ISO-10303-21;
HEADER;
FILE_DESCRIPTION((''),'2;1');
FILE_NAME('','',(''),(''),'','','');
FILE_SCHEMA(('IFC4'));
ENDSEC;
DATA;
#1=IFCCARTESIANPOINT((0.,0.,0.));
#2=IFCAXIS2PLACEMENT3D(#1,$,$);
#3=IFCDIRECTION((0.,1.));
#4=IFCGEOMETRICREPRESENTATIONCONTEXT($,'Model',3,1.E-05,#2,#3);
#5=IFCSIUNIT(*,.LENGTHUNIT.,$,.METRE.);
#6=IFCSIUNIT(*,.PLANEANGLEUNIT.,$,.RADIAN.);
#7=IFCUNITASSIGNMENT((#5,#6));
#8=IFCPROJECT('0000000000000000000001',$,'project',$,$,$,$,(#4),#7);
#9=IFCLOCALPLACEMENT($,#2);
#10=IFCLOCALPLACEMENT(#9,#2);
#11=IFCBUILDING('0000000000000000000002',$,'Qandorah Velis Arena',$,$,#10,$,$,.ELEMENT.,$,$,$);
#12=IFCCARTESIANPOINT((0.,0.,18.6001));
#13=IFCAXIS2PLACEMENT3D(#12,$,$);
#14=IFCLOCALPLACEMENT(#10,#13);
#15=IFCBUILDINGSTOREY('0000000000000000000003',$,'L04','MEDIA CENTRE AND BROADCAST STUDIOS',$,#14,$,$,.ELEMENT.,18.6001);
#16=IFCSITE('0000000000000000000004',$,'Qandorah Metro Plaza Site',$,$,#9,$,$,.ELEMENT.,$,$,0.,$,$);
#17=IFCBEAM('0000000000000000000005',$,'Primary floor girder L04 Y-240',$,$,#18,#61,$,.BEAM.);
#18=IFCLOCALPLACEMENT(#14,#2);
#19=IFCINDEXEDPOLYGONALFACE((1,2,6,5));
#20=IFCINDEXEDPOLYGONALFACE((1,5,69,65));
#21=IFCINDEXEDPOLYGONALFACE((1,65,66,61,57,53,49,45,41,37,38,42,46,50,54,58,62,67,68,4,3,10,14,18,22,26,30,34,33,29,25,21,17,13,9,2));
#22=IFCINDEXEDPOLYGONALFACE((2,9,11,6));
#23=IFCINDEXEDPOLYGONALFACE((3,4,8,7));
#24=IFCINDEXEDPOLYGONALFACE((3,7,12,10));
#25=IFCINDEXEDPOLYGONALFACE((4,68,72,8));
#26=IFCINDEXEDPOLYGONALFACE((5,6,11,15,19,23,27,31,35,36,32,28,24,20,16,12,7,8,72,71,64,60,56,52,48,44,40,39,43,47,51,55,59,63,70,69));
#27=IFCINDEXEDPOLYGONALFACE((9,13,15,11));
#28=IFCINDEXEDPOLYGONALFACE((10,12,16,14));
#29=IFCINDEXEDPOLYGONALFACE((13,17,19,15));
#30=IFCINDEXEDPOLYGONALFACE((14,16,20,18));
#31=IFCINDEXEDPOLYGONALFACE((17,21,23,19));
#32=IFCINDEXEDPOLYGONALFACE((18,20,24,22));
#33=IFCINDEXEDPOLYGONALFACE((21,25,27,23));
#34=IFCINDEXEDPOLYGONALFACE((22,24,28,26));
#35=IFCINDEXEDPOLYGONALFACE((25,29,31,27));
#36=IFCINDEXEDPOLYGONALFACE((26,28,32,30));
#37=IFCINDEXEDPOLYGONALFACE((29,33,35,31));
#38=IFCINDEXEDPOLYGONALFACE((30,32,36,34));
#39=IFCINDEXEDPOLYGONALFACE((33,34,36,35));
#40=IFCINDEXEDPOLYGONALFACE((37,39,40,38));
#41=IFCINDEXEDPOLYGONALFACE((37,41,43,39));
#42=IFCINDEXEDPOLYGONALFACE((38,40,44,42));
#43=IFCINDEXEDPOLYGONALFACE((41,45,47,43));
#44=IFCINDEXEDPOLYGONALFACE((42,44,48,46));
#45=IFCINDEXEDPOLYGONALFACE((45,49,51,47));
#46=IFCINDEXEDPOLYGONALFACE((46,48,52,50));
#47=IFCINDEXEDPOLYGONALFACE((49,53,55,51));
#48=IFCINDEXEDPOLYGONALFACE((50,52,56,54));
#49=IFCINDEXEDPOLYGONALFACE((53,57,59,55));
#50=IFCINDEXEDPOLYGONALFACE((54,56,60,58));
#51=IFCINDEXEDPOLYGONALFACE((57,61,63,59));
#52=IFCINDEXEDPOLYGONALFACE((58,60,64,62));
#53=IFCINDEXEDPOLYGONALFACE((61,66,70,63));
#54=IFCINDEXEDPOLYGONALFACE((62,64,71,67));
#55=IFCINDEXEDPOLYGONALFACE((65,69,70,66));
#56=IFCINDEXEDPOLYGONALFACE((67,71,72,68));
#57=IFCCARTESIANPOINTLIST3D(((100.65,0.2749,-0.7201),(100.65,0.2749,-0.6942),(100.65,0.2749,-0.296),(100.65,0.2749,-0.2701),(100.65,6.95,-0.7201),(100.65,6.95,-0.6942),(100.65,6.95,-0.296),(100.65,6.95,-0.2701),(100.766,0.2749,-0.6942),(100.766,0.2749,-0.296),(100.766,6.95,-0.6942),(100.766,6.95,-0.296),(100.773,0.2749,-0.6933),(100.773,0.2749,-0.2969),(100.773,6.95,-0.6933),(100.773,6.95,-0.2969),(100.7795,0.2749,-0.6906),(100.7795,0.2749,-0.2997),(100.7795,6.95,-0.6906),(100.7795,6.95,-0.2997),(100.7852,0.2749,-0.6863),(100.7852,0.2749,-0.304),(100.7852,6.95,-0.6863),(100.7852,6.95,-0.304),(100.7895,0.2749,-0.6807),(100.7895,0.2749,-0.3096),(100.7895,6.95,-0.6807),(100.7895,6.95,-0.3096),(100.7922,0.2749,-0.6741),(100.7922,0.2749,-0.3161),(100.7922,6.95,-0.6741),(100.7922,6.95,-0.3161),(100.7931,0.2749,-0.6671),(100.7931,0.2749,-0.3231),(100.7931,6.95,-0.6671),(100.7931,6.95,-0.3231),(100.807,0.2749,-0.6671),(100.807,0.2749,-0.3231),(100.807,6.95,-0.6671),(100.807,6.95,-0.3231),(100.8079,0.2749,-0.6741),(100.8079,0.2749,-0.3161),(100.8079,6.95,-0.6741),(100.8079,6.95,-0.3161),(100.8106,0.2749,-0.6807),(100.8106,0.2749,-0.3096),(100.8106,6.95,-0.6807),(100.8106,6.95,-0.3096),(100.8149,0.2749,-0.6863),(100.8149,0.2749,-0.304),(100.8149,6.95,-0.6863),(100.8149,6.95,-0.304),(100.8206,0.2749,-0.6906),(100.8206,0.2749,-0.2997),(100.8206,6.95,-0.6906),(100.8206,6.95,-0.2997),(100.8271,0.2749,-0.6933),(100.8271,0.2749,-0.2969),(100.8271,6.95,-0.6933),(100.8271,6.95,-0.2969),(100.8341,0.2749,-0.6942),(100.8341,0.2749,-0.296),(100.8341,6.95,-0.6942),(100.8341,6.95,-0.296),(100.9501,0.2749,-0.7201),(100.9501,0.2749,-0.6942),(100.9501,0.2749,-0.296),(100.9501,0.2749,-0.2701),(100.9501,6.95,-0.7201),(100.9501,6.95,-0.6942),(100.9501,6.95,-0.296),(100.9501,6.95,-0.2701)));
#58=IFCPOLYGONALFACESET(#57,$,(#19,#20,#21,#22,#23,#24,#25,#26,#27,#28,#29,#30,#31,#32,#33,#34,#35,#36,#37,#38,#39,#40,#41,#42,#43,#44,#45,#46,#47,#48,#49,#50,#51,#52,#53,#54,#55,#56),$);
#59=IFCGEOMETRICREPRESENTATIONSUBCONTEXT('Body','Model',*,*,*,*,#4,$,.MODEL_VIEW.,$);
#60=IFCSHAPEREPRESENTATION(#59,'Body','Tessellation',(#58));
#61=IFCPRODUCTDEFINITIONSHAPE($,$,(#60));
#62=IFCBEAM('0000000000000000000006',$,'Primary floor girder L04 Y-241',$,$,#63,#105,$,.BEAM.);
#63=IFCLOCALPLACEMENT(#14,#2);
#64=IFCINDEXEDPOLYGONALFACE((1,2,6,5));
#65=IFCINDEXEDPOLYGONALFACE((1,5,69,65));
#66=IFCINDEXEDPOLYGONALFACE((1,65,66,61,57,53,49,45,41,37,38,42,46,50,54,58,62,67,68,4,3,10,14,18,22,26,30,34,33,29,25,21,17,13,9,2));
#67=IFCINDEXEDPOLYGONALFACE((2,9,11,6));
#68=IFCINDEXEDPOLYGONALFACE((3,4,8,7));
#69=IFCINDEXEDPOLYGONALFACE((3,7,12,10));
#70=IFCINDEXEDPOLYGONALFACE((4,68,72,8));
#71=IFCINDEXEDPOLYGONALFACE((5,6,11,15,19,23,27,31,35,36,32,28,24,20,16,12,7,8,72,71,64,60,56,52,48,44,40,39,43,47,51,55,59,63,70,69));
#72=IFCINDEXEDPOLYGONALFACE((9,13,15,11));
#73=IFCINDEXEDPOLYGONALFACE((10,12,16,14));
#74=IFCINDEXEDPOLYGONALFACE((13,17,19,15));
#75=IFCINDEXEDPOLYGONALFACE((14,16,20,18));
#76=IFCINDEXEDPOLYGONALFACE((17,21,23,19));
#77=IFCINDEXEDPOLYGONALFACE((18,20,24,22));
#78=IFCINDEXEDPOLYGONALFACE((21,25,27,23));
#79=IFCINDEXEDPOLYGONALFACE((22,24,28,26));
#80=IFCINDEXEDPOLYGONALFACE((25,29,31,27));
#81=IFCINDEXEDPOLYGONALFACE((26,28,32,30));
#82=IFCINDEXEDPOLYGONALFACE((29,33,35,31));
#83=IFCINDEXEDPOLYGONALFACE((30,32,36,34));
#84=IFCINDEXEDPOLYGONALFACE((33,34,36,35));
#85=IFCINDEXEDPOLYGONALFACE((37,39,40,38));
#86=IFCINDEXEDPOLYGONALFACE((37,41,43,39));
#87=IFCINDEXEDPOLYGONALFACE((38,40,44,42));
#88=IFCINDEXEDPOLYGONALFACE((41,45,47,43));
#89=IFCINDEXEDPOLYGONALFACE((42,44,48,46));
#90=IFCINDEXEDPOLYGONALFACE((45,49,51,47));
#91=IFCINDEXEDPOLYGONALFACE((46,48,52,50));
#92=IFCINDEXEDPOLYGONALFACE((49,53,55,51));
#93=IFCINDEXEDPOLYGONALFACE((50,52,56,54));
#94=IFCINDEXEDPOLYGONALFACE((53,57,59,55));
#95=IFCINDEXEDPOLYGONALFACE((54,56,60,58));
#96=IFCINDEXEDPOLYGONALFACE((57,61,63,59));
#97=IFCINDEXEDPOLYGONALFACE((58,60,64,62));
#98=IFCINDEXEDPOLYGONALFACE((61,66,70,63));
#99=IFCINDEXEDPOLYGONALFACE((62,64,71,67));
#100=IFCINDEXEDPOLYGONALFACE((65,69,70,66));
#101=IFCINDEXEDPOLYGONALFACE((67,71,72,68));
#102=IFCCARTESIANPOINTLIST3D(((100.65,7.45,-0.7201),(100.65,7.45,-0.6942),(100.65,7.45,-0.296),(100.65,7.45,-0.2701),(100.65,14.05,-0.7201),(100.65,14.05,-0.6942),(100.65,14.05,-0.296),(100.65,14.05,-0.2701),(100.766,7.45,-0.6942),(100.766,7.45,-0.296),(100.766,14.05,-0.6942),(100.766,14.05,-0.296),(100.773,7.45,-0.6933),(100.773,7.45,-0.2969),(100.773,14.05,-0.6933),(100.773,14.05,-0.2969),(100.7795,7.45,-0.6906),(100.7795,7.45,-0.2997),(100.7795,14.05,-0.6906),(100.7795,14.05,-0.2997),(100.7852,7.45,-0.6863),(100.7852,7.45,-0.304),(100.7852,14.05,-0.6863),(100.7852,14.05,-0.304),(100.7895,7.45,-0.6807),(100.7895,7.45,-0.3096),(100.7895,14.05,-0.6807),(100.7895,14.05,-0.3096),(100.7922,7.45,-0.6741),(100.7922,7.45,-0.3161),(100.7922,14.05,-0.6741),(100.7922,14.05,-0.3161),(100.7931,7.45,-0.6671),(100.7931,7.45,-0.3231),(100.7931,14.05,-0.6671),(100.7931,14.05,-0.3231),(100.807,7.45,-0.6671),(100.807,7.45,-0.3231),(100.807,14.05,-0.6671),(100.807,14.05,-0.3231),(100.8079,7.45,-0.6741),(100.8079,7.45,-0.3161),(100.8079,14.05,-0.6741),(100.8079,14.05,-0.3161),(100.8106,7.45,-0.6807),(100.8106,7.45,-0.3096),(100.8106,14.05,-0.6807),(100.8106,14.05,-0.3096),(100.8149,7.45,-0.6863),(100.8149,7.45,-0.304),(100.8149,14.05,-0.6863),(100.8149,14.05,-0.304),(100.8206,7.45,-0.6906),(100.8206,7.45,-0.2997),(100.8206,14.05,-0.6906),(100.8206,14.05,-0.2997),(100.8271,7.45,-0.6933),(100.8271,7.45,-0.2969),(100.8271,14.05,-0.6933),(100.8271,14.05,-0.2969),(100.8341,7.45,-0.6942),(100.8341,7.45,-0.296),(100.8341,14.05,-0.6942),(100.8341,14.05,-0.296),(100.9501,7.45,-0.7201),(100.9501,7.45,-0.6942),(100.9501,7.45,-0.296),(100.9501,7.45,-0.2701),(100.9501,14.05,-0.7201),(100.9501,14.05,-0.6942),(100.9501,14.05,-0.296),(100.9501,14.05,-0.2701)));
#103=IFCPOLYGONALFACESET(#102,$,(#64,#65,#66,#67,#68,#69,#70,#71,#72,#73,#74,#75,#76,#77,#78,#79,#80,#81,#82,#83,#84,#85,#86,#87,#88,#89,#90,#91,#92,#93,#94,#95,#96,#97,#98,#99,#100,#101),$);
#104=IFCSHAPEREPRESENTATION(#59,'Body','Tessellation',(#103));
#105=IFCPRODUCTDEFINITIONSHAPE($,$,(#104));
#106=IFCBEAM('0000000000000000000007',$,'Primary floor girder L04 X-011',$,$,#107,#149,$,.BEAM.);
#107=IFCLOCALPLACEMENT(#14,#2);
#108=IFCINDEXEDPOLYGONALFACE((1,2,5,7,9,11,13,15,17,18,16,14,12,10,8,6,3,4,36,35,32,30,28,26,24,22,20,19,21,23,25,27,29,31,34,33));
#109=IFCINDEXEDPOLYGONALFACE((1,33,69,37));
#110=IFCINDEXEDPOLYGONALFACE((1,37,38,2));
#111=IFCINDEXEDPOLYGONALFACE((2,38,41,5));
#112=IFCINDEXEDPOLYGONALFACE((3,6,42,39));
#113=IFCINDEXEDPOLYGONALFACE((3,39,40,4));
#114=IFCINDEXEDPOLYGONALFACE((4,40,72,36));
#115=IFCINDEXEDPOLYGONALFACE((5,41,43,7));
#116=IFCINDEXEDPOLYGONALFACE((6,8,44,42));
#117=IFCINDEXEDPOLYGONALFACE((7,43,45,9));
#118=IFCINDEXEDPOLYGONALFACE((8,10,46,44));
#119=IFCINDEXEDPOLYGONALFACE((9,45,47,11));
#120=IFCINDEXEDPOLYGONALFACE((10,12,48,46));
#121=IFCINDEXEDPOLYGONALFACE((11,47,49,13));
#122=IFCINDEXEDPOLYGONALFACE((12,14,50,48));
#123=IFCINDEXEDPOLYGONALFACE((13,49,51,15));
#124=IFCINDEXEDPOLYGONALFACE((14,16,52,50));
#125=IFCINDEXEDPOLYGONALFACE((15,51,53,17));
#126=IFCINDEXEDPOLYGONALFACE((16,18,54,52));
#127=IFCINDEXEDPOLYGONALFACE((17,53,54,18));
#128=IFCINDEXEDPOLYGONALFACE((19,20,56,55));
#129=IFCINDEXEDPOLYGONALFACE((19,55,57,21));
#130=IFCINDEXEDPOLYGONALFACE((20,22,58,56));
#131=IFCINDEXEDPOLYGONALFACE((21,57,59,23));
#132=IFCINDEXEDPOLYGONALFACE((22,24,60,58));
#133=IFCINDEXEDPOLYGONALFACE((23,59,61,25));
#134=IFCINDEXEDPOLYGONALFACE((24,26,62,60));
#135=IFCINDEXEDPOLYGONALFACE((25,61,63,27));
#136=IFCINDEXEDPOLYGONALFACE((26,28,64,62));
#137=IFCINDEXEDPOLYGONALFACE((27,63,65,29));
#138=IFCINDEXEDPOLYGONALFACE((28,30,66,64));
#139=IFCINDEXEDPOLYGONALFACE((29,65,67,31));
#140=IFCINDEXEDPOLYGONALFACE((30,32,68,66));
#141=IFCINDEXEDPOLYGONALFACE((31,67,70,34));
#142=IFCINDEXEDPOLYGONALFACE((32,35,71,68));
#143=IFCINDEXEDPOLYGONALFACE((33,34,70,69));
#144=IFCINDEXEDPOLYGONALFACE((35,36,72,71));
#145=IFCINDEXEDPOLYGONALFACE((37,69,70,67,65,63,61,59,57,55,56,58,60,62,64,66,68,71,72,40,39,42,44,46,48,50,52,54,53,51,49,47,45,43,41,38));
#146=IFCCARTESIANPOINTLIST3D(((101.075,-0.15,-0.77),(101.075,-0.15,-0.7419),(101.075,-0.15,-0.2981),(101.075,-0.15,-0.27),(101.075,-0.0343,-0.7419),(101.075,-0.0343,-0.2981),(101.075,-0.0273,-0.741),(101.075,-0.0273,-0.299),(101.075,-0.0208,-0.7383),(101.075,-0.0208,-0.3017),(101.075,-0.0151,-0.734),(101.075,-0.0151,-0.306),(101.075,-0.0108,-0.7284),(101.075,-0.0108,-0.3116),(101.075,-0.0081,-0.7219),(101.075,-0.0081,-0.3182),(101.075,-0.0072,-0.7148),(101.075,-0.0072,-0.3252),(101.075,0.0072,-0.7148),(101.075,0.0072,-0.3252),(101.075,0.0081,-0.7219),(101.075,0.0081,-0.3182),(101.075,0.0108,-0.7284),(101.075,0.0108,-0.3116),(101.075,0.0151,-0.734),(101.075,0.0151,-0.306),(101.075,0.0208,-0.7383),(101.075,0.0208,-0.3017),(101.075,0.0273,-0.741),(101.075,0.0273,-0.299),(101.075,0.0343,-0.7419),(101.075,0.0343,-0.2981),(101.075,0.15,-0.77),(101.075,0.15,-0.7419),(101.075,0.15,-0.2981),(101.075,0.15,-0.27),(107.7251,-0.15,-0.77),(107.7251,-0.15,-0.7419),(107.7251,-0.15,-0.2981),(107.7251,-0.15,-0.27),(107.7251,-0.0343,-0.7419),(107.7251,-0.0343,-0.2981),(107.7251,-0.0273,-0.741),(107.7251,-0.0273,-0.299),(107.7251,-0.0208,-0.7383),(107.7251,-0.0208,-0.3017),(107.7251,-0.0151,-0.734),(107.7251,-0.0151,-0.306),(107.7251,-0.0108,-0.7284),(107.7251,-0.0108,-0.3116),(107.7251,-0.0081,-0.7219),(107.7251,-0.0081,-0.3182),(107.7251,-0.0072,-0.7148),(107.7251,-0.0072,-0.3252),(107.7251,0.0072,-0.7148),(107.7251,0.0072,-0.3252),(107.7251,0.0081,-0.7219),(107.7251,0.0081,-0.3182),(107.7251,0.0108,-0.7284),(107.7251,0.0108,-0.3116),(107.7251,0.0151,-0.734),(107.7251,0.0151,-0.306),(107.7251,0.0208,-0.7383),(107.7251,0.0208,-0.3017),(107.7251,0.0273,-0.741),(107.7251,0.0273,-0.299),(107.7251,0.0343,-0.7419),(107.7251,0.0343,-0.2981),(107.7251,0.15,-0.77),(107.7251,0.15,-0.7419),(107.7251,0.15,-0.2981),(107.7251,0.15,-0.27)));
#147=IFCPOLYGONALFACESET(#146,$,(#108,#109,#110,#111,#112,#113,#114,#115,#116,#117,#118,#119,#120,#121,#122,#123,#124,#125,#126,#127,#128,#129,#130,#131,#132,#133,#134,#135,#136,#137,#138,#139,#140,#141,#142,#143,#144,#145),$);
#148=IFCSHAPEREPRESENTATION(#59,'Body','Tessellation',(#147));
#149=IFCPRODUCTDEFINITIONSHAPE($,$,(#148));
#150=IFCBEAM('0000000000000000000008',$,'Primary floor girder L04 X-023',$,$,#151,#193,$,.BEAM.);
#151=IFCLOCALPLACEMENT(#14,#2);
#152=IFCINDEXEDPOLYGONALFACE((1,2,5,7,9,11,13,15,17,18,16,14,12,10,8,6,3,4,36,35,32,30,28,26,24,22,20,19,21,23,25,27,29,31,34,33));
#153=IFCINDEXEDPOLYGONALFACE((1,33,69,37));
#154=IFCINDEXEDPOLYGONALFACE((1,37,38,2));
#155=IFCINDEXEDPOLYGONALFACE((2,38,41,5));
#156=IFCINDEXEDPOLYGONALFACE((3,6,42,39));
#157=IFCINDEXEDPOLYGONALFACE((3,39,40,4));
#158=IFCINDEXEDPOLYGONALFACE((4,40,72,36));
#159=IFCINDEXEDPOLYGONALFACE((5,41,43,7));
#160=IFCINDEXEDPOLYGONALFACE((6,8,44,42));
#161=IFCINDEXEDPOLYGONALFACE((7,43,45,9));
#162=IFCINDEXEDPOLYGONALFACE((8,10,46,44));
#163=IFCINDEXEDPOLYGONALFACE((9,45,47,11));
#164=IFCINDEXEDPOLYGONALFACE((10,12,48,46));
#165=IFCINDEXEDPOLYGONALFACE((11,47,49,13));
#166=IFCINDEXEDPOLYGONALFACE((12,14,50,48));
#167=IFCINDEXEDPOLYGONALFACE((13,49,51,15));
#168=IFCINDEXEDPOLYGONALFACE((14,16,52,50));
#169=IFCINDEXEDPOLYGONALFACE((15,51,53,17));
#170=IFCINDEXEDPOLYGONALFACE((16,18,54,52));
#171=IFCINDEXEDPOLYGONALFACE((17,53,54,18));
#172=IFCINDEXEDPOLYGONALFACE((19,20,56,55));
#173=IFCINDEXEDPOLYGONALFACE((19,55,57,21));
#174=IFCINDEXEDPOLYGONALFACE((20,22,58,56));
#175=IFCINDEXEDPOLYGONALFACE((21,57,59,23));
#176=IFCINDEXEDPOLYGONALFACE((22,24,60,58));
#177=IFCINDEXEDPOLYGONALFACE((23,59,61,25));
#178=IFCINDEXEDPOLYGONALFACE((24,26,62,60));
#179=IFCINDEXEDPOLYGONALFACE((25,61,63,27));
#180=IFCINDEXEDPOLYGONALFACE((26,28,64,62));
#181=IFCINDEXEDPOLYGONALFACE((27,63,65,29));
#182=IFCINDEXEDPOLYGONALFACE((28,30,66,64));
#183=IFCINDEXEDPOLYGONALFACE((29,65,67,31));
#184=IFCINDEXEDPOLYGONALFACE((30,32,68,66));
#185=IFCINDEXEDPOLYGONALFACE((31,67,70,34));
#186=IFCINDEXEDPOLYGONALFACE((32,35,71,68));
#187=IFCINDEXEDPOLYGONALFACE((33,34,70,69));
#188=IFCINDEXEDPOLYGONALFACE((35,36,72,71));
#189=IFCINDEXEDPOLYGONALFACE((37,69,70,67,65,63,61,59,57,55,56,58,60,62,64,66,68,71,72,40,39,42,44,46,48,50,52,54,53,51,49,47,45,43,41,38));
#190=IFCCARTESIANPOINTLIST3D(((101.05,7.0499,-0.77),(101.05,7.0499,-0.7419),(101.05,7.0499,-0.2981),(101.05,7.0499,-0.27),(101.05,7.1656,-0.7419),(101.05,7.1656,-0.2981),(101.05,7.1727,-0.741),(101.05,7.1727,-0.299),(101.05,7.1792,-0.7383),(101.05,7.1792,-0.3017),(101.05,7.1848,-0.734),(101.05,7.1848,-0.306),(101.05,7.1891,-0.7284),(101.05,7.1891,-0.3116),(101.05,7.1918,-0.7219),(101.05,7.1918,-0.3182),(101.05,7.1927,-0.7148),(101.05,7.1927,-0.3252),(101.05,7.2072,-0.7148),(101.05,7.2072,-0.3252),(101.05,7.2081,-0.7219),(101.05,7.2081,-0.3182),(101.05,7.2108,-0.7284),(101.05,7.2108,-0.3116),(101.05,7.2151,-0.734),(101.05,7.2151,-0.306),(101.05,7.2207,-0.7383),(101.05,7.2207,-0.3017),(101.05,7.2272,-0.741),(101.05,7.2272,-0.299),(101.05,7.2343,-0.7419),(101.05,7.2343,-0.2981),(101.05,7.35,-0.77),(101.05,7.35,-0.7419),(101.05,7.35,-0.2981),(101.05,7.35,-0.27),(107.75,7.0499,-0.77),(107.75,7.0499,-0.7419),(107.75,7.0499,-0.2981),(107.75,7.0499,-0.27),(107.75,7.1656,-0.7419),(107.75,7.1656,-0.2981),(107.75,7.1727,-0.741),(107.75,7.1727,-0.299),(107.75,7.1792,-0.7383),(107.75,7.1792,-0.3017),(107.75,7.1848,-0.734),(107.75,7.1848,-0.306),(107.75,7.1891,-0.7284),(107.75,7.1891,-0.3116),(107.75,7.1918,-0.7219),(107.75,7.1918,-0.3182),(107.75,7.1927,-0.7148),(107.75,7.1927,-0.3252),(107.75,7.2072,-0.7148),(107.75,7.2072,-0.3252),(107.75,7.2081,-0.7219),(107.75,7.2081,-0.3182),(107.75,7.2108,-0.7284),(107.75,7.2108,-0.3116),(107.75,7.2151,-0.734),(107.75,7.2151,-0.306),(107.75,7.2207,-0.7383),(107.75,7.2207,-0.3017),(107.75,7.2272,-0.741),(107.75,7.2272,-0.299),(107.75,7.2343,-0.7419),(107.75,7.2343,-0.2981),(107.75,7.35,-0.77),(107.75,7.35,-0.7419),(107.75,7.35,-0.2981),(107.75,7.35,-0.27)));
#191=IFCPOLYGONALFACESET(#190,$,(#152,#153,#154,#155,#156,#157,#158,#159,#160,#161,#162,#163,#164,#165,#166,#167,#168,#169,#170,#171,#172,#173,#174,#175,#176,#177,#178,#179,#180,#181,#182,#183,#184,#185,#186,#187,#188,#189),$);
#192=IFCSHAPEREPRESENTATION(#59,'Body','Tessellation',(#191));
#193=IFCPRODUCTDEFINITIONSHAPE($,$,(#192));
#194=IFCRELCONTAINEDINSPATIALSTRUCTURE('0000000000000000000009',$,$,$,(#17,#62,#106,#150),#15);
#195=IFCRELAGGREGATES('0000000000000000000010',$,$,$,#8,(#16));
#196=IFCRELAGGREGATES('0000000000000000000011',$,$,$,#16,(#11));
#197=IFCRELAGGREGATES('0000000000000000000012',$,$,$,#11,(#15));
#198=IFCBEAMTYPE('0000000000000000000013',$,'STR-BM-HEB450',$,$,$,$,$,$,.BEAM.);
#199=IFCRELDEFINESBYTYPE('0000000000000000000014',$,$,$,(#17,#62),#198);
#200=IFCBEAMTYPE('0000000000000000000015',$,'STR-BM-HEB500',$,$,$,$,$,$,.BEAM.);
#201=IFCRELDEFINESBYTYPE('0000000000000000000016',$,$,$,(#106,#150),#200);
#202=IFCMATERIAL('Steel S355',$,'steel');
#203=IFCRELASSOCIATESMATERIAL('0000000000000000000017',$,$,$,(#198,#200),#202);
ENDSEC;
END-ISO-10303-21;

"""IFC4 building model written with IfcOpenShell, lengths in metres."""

from ifc_helpers import new_model, si_unit, direction, frame, origin, origin_2d, place, context, subcontext, project, spatial, i_section, extrude, material, material_profile, profile_set, type_object, element, save


model = new_model("IFC4")

# Units and contexts
model_context = context("Model", 3, precision=1e-05, world=origin(), true_north=direction((0.0, 1.0)))
body_context = subcontext(model_context, "Body", "Model", "MODEL_VIEW")
ifc_project = project(units=[si_unit("LENGTHUNIT", "METRE"), si_unit("PLANEANGLEUNIT", "RADIAN")], contexts=[model_context])

# Site, building, storey
site_placement = place(None, origin())
site = spatial("IfcSite", under=ifc_project, at=site_placement, Name="Qandorah Metro Plaza Site", CompositionType="ELEMENT", RefElevation=0.0)
building_placement = place(site_placement, origin())
building = spatial("IfcBuilding", under=site, at=building_placement, Name="Qandorah Velis Arena", CompositionType="ELEMENT")
storey_placement = place(building_placement, frame((0.0, 0.0, 18.6001)))
storey = spatial("IfcBuildingStorey", under=building, at=storey_placement, Name="L04", Description="MEDIA CENTRE AND BROADCAST STUDIOS", CompositionType="ELEMENT", Elevation=18.6001)

# Beams
ifc_material_1 = material(Name="Steel S355", Category="steel")
ifc_material_profile_1 = material_profile(ifc_material_1, i_section(OverallWidth=0.3, OverallDepth=0.45, WebThickness=0.0139, FlangeThickness=0.0259, FilletRadius=0.0271, at=origin_2d()), Name="HEB 450")
ifc_profile_set_1 = profile_set([ifc_material_profile_1], Name="Steel S355")
beam_type_1 = type_object("IfcBeamType", Name="STR-BM-HEB450", PredefinedType="BEAM", material=ifc_profile_set_1)
beam_1_placement = place(storey_placement, frame((100.8, 0.2749, -0.4951), z_axis=(0.0, 1.0, 0.0), x_axis=(-1.0, 0.0, 0.0)))
element("IfcBeam", 1, at=beam_1_placement, inside=storey, type_object=beam_type_1, Name="Primary floor girder L04 Y-240", PredefinedType="BEAM", context=body_context, shape_type="SweptSolid", body=[
    extrude(i_section(OverallWidth=0.3, OverallDepth=0.45, WebThickness=0.0139, FlangeThickness=0.0259, FilletRadius=0.0271, at=origin_2d()), origin(), (0.0, 0.0, 1.0), 6.675),
])
beam_2_placement = place(storey_placement, frame((100.8, 7.45, -0.4951), z_axis=(0.0, 1.0, 0.0), x_axis=(-1.0, 0.0, 0.0)))
element("IfcBeam", 2, at=beam_2_placement, inside=storey, type_object=beam_type_1, Name="Primary floor girder L04 Y-241", PredefinedType="BEAM", context=body_context, shape_type="SweptSolid", body=[
    extrude(i_section(OverallWidth=0.3, OverallDepth=0.45, WebThickness=0.0139, FlangeThickness=0.0259, FilletRadius=0.0271, at=origin_2d()), origin(), (0.0, 0.0, 1.0), 6.6001),
])
ifc_material_profile_2 = material_profile(ifc_material_1, i_section(OverallWidth=0.3, OverallDepth=0.5, WebThickness=0.0144, FlangeThickness=0.0281, FilletRadius=0.0271, at=origin_2d()), Name="HEB 500")
ifc_profile_set_2 = profile_set([ifc_material_profile_2], Name="Steel S355")
beam_type_2 = type_object("IfcBeamType", Name="STR-BM-HEB500", PredefinedType="BEAM", material=ifc_profile_set_2)
beam_3_placement = place(storey_placement, frame((101.075, 0.0, -0.52), z_axis=(1.0, 0.0, 0.0), x_axis=(0.0, 1.0, 0.0)))
element("IfcBeam", 3, at=beam_3_placement, inside=storey, type_object=beam_type_2, Name="Primary floor girder L04 X-011", PredefinedType="BEAM", context=body_context, shape_type="SweptSolid", body=[
    extrude(i_section(OverallWidth=0.3, OverallDepth=0.5, WebThickness=0.0144, FlangeThickness=0.0281, FilletRadius=0.0271, at=origin_2d()), origin(), (0.0, 0.0, 1.0), 6.6501),
])
beam_4_placement = place(storey_placement, frame((101.05, 7.2, -0.52), z_axis=(1.0, 0.0, 0.0), x_axis=(0.0, 1.0, 0.0)))
element("IfcBeam", 4, at=beam_4_placement, inside=storey, type_object=beam_type_2, Name="Primary floor girder L04 X-023", PredefinedType="BEAM", context=body_context, shape_type="SweptSolid", body=[
    extrude(i_section(OverallWidth=0.3, OverallDepth=0.5, WebThickness=0.0144, FlangeThickness=0.0281, FilletRadius=0.0271, at=origin_2d()), origin(), (0.0, 0.0, 1.0), 6.7),
])

save(model, "model.ifc")
